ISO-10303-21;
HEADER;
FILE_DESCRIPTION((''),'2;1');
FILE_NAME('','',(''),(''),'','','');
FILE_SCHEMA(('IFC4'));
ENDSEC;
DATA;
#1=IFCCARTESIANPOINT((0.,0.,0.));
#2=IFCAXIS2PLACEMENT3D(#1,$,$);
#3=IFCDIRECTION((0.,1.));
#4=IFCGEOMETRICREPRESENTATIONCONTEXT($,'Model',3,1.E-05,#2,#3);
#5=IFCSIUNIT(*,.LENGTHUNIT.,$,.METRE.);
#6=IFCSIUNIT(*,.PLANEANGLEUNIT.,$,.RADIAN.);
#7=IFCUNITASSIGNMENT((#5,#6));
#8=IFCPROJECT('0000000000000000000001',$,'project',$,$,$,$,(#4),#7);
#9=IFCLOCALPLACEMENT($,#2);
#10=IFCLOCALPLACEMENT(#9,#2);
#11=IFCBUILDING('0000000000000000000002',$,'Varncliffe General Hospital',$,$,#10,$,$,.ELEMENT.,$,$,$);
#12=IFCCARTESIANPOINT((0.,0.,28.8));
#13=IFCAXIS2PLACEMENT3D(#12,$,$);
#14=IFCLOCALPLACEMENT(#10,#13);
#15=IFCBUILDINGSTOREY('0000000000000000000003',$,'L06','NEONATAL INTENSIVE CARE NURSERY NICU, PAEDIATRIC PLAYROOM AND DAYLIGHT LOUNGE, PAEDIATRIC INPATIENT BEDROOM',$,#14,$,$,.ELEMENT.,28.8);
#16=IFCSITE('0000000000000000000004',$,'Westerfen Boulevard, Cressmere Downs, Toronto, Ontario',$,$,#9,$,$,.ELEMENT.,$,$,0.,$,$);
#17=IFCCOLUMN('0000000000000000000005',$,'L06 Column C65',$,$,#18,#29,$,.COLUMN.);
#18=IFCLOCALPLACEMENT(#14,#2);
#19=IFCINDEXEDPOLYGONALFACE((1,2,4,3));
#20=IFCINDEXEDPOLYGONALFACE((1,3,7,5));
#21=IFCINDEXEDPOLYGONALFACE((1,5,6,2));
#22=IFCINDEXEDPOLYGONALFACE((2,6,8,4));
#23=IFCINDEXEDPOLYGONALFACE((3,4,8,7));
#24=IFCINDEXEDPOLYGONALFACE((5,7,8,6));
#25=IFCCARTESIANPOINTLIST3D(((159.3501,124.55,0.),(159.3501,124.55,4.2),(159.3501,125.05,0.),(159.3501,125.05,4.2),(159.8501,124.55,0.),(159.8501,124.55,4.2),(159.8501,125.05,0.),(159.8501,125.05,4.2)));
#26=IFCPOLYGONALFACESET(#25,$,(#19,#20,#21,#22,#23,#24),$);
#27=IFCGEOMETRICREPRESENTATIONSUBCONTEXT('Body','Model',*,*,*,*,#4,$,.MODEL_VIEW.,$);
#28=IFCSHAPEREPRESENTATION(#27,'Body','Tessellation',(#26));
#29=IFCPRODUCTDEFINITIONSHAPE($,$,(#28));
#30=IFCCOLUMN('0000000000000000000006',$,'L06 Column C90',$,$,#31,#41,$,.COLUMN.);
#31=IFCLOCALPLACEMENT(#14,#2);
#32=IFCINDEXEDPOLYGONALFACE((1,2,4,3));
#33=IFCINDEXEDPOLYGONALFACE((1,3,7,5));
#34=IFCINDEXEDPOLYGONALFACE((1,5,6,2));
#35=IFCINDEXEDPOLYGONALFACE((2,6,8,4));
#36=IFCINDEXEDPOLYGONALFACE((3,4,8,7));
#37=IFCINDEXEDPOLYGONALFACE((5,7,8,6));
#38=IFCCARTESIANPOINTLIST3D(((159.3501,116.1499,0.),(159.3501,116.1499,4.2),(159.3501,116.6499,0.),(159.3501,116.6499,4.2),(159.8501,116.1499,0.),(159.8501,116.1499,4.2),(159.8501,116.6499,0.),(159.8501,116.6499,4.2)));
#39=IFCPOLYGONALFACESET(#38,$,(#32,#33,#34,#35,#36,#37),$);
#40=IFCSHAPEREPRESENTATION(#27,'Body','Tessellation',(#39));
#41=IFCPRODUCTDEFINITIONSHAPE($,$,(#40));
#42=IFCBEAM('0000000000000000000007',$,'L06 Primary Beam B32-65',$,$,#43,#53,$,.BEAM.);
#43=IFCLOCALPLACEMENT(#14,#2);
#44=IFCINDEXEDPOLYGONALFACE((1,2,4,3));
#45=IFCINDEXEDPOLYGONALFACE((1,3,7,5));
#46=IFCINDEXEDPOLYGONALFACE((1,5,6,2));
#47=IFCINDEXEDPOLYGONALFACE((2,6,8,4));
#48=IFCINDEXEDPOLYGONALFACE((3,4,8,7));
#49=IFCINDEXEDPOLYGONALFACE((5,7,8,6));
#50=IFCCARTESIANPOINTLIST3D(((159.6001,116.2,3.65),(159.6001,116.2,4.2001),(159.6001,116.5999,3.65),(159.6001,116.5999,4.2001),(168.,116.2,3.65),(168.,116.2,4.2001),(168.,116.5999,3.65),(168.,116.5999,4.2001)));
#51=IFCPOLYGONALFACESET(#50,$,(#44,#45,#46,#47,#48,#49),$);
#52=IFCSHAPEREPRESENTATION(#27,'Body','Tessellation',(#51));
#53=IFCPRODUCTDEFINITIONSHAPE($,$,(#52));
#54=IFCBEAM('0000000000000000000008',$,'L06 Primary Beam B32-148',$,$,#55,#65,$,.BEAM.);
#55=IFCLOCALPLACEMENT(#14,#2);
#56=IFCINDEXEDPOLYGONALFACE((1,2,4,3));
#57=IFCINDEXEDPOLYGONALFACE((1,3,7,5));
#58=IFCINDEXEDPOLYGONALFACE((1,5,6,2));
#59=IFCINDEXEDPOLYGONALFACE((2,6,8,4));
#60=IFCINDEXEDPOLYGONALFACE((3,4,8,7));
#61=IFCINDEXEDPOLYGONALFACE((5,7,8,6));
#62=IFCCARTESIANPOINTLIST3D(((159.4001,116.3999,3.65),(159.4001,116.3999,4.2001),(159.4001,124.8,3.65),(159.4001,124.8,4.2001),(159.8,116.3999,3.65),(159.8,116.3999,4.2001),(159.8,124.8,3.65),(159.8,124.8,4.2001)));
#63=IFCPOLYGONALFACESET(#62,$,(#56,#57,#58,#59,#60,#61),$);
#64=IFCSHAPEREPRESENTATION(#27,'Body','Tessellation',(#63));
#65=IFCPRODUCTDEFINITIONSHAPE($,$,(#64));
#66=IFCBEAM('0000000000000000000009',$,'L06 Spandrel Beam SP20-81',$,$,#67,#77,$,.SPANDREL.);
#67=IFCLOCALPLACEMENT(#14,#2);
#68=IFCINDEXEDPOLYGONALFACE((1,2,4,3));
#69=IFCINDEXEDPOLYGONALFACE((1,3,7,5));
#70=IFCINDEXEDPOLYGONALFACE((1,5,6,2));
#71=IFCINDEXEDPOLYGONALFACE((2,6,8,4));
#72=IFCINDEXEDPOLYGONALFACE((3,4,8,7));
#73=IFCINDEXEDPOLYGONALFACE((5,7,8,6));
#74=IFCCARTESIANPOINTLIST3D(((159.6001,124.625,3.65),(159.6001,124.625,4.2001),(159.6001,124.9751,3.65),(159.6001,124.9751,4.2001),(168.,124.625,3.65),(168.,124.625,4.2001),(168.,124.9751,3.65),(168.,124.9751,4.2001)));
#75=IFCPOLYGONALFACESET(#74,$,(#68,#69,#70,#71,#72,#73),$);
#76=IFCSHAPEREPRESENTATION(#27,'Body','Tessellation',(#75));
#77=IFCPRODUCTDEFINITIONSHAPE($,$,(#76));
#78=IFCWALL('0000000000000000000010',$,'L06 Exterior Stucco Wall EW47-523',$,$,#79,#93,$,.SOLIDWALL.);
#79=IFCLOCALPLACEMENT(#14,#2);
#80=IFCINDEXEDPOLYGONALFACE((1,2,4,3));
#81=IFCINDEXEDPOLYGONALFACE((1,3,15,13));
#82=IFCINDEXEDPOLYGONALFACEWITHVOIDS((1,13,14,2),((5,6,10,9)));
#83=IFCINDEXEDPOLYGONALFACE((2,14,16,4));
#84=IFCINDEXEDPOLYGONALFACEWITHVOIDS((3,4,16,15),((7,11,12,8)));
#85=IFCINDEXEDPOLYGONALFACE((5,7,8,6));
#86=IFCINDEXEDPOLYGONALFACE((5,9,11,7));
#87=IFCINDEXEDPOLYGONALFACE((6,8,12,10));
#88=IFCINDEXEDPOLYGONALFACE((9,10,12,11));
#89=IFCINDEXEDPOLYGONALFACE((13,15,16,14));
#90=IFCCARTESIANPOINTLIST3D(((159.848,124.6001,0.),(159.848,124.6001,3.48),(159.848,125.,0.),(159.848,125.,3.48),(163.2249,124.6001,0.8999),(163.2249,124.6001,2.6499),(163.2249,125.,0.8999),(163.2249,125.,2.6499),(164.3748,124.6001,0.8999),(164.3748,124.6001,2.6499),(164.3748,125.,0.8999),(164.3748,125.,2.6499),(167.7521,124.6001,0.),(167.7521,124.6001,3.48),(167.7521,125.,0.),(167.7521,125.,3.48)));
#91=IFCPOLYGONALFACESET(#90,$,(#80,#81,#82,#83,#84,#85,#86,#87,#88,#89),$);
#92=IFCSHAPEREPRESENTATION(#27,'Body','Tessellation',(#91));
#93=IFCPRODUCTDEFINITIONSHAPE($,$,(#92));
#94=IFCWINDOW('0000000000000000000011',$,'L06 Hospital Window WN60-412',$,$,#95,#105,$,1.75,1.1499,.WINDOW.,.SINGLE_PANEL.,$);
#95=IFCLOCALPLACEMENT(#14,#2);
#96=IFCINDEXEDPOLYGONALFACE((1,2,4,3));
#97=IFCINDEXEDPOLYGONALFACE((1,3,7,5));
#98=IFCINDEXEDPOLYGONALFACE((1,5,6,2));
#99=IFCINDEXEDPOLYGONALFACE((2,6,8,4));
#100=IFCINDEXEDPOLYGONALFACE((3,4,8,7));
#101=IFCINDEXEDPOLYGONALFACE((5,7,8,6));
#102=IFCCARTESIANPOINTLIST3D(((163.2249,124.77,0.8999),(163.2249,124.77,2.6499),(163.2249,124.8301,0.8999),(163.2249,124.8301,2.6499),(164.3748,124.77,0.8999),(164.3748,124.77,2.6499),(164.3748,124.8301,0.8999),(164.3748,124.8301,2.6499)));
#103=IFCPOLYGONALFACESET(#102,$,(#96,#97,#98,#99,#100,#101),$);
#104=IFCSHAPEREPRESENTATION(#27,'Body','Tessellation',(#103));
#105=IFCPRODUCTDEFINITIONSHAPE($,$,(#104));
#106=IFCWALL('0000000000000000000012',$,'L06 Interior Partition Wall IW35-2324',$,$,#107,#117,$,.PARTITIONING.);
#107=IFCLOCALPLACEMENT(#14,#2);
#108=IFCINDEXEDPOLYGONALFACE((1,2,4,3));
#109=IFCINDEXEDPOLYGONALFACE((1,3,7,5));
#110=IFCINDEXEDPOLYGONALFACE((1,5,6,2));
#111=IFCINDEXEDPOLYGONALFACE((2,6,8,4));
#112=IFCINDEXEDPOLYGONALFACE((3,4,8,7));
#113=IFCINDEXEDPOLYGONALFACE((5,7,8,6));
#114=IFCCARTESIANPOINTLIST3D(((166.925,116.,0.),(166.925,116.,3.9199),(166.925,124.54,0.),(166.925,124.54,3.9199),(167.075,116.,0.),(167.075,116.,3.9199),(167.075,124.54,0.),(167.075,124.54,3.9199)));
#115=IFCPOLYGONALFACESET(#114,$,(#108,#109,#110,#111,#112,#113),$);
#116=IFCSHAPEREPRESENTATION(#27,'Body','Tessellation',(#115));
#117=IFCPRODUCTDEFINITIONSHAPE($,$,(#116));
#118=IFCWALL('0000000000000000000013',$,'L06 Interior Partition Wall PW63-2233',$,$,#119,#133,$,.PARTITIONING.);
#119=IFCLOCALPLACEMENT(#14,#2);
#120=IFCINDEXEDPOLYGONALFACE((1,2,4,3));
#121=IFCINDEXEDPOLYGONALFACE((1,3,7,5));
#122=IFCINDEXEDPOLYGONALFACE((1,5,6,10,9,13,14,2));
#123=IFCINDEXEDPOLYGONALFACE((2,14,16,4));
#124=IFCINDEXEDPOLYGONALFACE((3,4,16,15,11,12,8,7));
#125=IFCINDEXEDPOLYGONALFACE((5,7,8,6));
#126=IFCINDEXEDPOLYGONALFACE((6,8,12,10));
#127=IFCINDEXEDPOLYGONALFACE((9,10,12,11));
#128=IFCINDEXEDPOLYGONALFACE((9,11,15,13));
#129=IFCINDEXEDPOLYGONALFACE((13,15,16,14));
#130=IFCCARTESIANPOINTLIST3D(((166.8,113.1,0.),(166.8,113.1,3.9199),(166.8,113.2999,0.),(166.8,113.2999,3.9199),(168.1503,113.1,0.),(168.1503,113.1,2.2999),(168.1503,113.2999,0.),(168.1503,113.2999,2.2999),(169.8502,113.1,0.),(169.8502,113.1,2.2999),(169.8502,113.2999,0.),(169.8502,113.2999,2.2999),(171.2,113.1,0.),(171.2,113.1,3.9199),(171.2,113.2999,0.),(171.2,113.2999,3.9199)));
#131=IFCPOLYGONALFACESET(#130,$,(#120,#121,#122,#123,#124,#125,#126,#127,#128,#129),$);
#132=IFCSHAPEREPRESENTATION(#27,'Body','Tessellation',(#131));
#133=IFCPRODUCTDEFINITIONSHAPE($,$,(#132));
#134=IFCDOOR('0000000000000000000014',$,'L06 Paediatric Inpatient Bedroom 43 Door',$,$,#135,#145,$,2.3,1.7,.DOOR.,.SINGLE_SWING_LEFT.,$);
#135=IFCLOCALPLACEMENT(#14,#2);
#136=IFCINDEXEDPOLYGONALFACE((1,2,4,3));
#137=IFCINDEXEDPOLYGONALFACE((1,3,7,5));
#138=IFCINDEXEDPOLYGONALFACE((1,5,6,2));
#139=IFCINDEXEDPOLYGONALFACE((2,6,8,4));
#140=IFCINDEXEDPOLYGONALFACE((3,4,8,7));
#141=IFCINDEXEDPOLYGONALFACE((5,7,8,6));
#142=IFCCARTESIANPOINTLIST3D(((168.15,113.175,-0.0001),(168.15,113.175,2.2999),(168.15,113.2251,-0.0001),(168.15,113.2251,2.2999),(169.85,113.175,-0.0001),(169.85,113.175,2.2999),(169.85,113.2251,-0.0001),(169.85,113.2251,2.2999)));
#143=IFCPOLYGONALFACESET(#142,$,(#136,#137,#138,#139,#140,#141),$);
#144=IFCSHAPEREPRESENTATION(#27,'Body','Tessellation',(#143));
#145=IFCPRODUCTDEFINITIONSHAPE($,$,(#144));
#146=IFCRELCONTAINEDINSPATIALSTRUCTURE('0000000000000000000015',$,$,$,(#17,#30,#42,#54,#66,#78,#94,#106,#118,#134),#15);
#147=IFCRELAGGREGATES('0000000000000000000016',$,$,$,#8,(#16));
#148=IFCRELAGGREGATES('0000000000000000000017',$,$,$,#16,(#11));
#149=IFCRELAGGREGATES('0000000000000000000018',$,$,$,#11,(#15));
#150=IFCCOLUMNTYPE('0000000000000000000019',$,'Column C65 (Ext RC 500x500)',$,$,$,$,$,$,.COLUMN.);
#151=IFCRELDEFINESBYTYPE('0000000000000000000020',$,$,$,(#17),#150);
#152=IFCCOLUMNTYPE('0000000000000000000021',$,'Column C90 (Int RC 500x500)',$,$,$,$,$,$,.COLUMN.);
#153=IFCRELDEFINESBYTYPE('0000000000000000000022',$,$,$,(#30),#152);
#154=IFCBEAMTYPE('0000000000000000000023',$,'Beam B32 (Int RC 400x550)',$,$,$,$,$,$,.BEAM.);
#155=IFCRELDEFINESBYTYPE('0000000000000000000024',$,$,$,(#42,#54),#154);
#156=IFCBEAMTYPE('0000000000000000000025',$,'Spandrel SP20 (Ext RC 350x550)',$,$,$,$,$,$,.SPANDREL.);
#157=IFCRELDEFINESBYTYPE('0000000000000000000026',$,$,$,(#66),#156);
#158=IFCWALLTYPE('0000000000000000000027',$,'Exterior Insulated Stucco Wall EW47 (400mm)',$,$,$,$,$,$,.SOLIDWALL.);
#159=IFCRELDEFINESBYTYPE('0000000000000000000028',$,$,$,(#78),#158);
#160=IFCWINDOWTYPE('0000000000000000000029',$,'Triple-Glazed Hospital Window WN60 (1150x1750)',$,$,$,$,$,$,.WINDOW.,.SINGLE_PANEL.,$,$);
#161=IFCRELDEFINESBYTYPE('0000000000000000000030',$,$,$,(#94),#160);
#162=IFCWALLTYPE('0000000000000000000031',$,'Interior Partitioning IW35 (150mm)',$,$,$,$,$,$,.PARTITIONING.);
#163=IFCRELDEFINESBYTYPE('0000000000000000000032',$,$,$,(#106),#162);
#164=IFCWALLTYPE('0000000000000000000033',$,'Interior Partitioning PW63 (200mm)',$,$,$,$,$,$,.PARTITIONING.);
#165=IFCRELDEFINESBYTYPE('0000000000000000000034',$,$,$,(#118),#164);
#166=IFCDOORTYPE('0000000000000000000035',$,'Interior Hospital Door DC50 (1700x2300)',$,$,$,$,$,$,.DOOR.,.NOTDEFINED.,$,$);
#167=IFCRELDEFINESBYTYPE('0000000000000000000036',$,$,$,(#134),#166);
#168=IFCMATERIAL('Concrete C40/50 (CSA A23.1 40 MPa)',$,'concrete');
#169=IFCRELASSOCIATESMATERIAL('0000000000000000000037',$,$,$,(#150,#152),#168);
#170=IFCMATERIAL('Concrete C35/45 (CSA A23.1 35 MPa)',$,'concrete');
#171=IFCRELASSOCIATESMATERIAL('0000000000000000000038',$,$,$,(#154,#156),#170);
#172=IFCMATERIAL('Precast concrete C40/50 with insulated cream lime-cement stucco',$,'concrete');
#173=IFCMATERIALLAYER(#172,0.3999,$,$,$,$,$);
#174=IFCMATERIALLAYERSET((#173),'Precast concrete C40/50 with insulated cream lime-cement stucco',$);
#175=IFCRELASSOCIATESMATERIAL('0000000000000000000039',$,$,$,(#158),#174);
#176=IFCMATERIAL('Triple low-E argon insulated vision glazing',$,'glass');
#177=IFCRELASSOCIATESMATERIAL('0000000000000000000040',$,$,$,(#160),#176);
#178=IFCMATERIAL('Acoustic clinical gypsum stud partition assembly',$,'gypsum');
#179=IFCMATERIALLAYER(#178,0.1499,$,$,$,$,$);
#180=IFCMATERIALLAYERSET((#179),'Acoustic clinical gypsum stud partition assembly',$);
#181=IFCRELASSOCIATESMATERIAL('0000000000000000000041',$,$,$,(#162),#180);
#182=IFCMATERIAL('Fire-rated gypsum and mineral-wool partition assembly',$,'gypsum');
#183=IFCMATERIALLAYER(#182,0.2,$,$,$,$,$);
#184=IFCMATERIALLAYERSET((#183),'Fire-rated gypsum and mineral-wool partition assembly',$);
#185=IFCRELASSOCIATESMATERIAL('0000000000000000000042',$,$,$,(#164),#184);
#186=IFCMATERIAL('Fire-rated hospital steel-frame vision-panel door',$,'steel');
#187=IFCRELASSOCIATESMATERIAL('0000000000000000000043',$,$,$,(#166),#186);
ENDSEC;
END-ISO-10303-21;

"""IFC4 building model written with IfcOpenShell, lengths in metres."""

from ifc_helpers import new_model, si_unit, direction, frame, frame_2d, origin, origin_2d, place, context, subcontext, project, spatial, rectangle, extrude, material, layer, layer_set, material_profile, profile_set, type_object, element, fill, save


model = new_model("IFC4")

# Units and contexts
model_context = context("Model", 3, precision=1e-05, world=origin(), true_north=direction((0.0, 1.0)))
body_context = subcontext(model_context, "Body", "Model", "MODEL_VIEW")
ifc_project = project(units=[si_unit("LENGTHUNIT", "METRE"), si_unit("PLANEANGLEUNIT", "RADIAN")], contexts=[model_context])

# Site, building, storey
site_placement = place(None, origin())
site = spatial("IfcSite", under=ifc_project, at=site_placement, Name="Westerfen Boulevard, Cressmere Downs, Toronto, Ontario", CompositionType="ELEMENT", RefElevation=0.0)
building_placement = place(site_placement, origin())
building = spatial("IfcBuilding", under=site, at=building_placement, Name="Varncliffe General Hospital", CompositionType="ELEMENT")
storey_placement = place(building_placement, frame((0.0, 0.0, 28.8)))
storey = spatial("IfcBuildingStorey", under=building, at=storey_placement, Name="L06", Description="NEONATAL INTENSIVE CARE NURSERY NICU, PAEDIATRIC PLAYROOM AND DAYLIGHT LOUNGE, PAEDIATRIC INPATIENT BEDROOM", CompositionType="ELEMENT", Elevation=28.8)

# Columns
ifc_material_1 = material(Name="Concrete C40/50 (CSA A23.1 40 MPa)", Category="concrete")
ifc_material_profile_1 = material_profile(ifc_material_1, rectangle(XDim=0.5, YDim=0.5, at=origin_2d()), Name="RC 500x500")
ifc_profile_set_1 = profile_set([ifc_material_profile_1], Name="Concrete C40/50 (CSA A23.1 40 MPa)")
column_type_1 = type_object("IfcColumnType", Name="Column C65 (Ext RC 500x500)", PredefinedType="COLUMN", material=ifc_profile_set_1)
column_1_placement = place(storey_placement, frame((159.6001, 124.8, 0.0), z_axis=(0.0, 0.0, 1.0), x_axis=(1.0, 0.0, 0.0)))
element("IfcColumn", 1, at=column_1_placement, inside=storey, type_object=column_type_1, Name="L06 Column C65", PredefinedType="COLUMN", context=body_context, shape_type="SweptSolid", body=[
    extrude(rectangle(XDim=0.5, YDim=0.5, at=origin_2d()), origin(), (0.0, 0.0, 1.0), 4.2),
])
ifc_material_profile_2 = material_profile(ifc_material_1, rectangle(XDim=0.5, YDim=0.5, at=origin_2d()), Name="RC 500x500")
ifc_profile_set_2 = profile_set([ifc_material_profile_2], Name="Concrete C40/50 (CSA A23.1 40 MPa)")
column_type_2 = type_object("IfcColumnType", Name="Column C90 (Int RC 500x500)", PredefinedType="COLUMN", material=ifc_profile_set_2)
column_2_placement = place(storey_placement, frame((159.6001, 116.3999, 0.0), z_axis=(0.0, 0.0, 1.0), x_axis=(1.0, 0.0, 0.0)))
element("IfcColumn", 2, at=column_2_placement, inside=storey, type_object=column_type_2, Name="L06 Column C90", PredefinedType="COLUMN", context=body_context, shape_type="SweptSolid", body=[
    extrude(rectangle(XDim=0.5, YDim=0.5, at=origin_2d()), origin(), (0.0, 0.0, 1.0), 4.2),
])

# Beams
ifc_material_2 = material(Name="Concrete C35/45 (CSA A23.1 35 MPa)", Category="concrete")
ifc_material_profile_3 = material_profile(ifc_material_2, rectangle(XDim=0.3999, YDim=0.55, at=origin_2d()), Name="RC 400x550")
ifc_profile_set_3 = profile_set([ifc_material_profile_3], Name="Concrete C35/45 (CSA A23.1 35 MPa)")
beam_type_1 = type_object("IfcBeamType", Name="Beam B32 (Int RC 400x550)", PredefinedType="BEAM", material=ifc_profile_set_3)
beam_1_placement = place(storey_placement, frame((159.6001, 116.3999, 3.925), z_axis=(1.0, 0.0, 0.0), x_axis=(0.0, 1.0, 0.0)))
element("IfcBeam", 3, at=beam_1_placement, inside=storey, type_object=beam_type_1, Name="L06 Primary Beam B32-65", PredefinedType="BEAM", context=body_context, shape_type="SweptSolid", body=[
    extrude(rectangle(XDim=0.3999, YDim=0.55, at=origin_2d()), origin(), (0.0, 0.0, 1.0), 8.3999),
])
beam_2_placement = place(storey_placement, frame((159.6001, 116.3999, 3.925), z_axis=(0.0, 1.0, 0.0), x_axis=(-1.0, 0.0, 0.0)))
element("IfcBeam", 4, at=beam_2_placement, inside=storey, type_object=beam_type_1, Name="L06 Primary Beam B32-148", PredefinedType="BEAM", context=body_context, shape_type="SweptSolid", body=[
    extrude(rectangle(XDim=0.3999, YDim=0.55, at=origin_2d()), origin(), (0.0, 0.0, 1.0), 8.4001),
])
ifc_material_profile_4 = material_profile(ifc_material_2, rectangle(XDim=0.3501, YDim=0.55, at=origin_2d()), Name="RC 350x550")
ifc_profile_set_4 = profile_set([ifc_material_profile_4], Name="Concrete C35/45 (CSA A23.1 35 MPa)")
beam_type_2 = type_object("IfcBeamType", Name="Spandrel SP20 (Ext RC 350x550)", PredefinedType="SPANDREL", material=ifc_profile_set_4)
beam_3_placement = place(storey_placement, frame((159.6001, 124.8, 3.925), z_axis=(1.0, 0.0, 0.0), x_axis=(0.0, 1.0, 0.0)))
element("IfcBeam", 5, at=beam_3_placement, inside=storey, type_object=beam_type_2, Name="L06 Spandrel Beam SP20-81", PredefinedType="SPANDREL", context=body_context, shape_type="SweptSolid", body=[
    extrude(rectangle(XDim=0.3501, YDim=0.55, at=origin_2d()), origin(), (0.0, 0.0, 1.0), 8.3999),
])

# Wall, opening, window
ifc_material_3 = material(Name="Precast concrete C40/50 with insulated cream lime-cement stucco", Category="concrete")
ifc_layer_1 = layer(ifc_material_3, 0.3999)
ifc_layer_set_1 = layer_set([ifc_layer_1], Name="Precast concrete C40/50 with insulated cream lime-cement stucco")
wall_type_1 = type_object("IfcWallType", Name="Exterior Insulated Stucco Wall EW47 (400mm)", PredefinedType="SOLIDWALL", material=ifc_layer_set_1)
wall_1_placement = place(storey_placement, frame((159.8479, 124.8, 0.0), z_axis=(0.0, 0.0, 1.0), x_axis=(1.0, 0.0, 0.0)))
wall_1 = element("IfcWall", 6, at=wall_1_placement, inside=storey, type_object=wall_type_1, Name="L06 Exterior Stucco Wall EW47-523", PredefinedType="SOLIDWALL", context=body_context, shape_type="SweptSolid", body=[
    extrude(rectangle(XDim=7.9041, YDim=0.3999, at=frame_2d((3.9521, 0.0))), origin(), (0.0, 0.0, 1.0), 3.48),
])
opening_1_placement = place(wall_1_placement, frame((3.377, 0.0, 0.8999)))
opening_1 = element("IfcOpeningElement", 7, at=opening_1_placement, cuts=wall_1, PredefinedType="OPENING", context=body_context, shape_type="SweptSolid", body=[
    extrude(rectangle(XDim=1.1499, YDim=1.75, at=frame_2d((0.575, 0.875))), frame((0.0, 0.21, 0.0), z_axis=(0.0, -1.0, 0.0), x_axis=(1.0, 0.0, 0.0)), (0.0, 0.0, 1.0), 0.4199),
])
ifc_material_4 = material(Name="Triple low-E argon insulated vision glazing", Category="glass")
window_type = type_object("IfcWindowType", Name="Triple-Glazed Hospital Window WN60 (1150x1750)", PartitioningType="SINGLE_PANEL", PredefinedType="WINDOW", material=ifc_material_4)
window_placement = place(opening_1_placement, origin())
window = element("IfcWindow", 8, at=window_placement, inside=storey, type_object=window_type, Name="L06 Hospital Window WN60-412", OverallHeight=1.75, OverallWidth=1.1499, PartitioningType="SINGLE_PANEL", PredefinedType="WINDOW", context=body_context, shape_type="SweptSolid", body=[
    extrude(rectangle(XDim=1.1499, YDim=1.75, at=frame_2d((0.575, 0.875))), frame((0.0, 0.03, 0.0), z_axis=(0.0, -1.0, 0.0), x_axis=(1.0, 0.0, 0.0)), (0.0, 0.0, 1.0), 0.0601),
])
fill(opening_1, window)

# Wall
ifc_material_5 = material(Name="Acoustic clinical gypsum stud partition assembly", Category="gypsum")
ifc_layer_2 = layer(ifc_material_5, 0.1499)
ifc_layer_set_2 = layer_set([ifc_layer_2], Name="Acoustic clinical gypsum stud partition assembly")
wall_type_2 = type_object("IfcWallType", Name="Interior Partitioning IW35 (150mm)", PredefinedType="PARTITIONING", material=ifc_layer_set_2)
wall_2_placement = place(storey_placement, frame((167.0, 116.0, 0.0), z_axis=(0.0, 0.0, 1.0), x_axis=(0.0, 1.0, 0.0)))
element("IfcWall", 9, at=wall_2_placement, inside=storey, type_object=wall_type_2, Name="L06 Interior Partition Wall IW35-2324", PredefinedType="PARTITIONING", context=body_context, shape_type="SweptSolid", body=[
    extrude(rectangle(XDim=8.54, YDim=0.1499, at=frame_2d((4.27, 0.0))), origin(), (0.0, 0.0, 1.0), 3.9199),
])

# Wall, opening, door
ifc_material_6 = material(Name="Fire-rated gypsum and mineral-wool partition assembly", Category="gypsum")
ifc_layer_3 = layer(ifc_material_6, 0.2)
ifc_layer_set_3 = layer_set([ifc_layer_3], Name="Fire-rated gypsum and mineral-wool partition assembly")
wall_type_3 = type_object("IfcWallType", Name="Interior Partitioning PW63 (200mm)", PredefinedType="PARTITIONING", material=ifc_layer_set_3)
wall_3_placement = place(storey_placement, frame((166.8, 113.2, 0.0), z_axis=(0.0, 0.0, 1.0), x_axis=(1.0, 0.0, 0.0)))
wall_3 = element("IfcWall", 10, at=wall_3_placement, inside=storey, type_object=wall_type_3, Name="L06 Interior Partition Wall PW63-2233", PredefinedType="PARTITIONING", context=body_context, shape_type="SweptSolid", body=[
    extrude(rectangle(XDim=4.3999, YDim=0.2, at=frame_2d((2.2, 0.0))), origin(), (0.0, 0.0, 1.0), 3.9199),
])
opening_2_placement = place(wall_3_placement, frame((1.3501, 0.0, 0.0)))
opening_2 = element("IfcOpeningElement", 11, at=opening_2_placement, cuts=wall_3, PredefinedType="OPENING", context=body_context, shape_type="SweptSolid", body=[
    extrude(rectangle(XDim=1.7, YDim=2.3, at=frame_2d((0.8501, 1.1499))), frame((0.0, 0.1099, 0.0), z_axis=(0.0, -1.0, 0.0), x_axis=(1.0, 0.0, 0.0)), (0.0, 0.0, 1.0), 0.22),
])
ifc_material_7 = material(Name="Fire-rated hospital steel-frame vision-panel door", Category="steel")
door_type_1 = type_object("IfcDoorType", Name="Interior Hospital Door DC50 (1700x2300)", OperationType="NOTDEFINED", PredefinedType="DOOR", material=ifc_material_7)
door_1_placement = place(opening_2_placement, frame((1.7, 0.0, 0.0), z_axis=(0.0, 0.0, 1.0), x_axis=(-1.0, 0.0, 0.0)))
door_1 = element("IfcDoor", 12, at=door_1_placement, inside=storey, type_object=door_type_1, Name="L06 Paediatric Inpatient Bedroom 43 Door", OperationType="SINGLE_SWING_LEFT", OverallHeight=2.3, OverallWidth=1.7, PredefinedType="DOOR", context=body_context, shape_type="SweptSolid", body=[
    extrude(rectangle(XDim=1.7, YDim=2.3, at=frame_2d((0.8501, 1.1499))), frame((0.0, 0.0249, 0.0), z_axis=(0.0, -1.0, 0.0), x_axis=(1.0, 0.0, 0.0)), (0.0, 0.0, 1.0), 0.05),
])
fill(opening_2, door_1)

save(model, "model.ifc")
